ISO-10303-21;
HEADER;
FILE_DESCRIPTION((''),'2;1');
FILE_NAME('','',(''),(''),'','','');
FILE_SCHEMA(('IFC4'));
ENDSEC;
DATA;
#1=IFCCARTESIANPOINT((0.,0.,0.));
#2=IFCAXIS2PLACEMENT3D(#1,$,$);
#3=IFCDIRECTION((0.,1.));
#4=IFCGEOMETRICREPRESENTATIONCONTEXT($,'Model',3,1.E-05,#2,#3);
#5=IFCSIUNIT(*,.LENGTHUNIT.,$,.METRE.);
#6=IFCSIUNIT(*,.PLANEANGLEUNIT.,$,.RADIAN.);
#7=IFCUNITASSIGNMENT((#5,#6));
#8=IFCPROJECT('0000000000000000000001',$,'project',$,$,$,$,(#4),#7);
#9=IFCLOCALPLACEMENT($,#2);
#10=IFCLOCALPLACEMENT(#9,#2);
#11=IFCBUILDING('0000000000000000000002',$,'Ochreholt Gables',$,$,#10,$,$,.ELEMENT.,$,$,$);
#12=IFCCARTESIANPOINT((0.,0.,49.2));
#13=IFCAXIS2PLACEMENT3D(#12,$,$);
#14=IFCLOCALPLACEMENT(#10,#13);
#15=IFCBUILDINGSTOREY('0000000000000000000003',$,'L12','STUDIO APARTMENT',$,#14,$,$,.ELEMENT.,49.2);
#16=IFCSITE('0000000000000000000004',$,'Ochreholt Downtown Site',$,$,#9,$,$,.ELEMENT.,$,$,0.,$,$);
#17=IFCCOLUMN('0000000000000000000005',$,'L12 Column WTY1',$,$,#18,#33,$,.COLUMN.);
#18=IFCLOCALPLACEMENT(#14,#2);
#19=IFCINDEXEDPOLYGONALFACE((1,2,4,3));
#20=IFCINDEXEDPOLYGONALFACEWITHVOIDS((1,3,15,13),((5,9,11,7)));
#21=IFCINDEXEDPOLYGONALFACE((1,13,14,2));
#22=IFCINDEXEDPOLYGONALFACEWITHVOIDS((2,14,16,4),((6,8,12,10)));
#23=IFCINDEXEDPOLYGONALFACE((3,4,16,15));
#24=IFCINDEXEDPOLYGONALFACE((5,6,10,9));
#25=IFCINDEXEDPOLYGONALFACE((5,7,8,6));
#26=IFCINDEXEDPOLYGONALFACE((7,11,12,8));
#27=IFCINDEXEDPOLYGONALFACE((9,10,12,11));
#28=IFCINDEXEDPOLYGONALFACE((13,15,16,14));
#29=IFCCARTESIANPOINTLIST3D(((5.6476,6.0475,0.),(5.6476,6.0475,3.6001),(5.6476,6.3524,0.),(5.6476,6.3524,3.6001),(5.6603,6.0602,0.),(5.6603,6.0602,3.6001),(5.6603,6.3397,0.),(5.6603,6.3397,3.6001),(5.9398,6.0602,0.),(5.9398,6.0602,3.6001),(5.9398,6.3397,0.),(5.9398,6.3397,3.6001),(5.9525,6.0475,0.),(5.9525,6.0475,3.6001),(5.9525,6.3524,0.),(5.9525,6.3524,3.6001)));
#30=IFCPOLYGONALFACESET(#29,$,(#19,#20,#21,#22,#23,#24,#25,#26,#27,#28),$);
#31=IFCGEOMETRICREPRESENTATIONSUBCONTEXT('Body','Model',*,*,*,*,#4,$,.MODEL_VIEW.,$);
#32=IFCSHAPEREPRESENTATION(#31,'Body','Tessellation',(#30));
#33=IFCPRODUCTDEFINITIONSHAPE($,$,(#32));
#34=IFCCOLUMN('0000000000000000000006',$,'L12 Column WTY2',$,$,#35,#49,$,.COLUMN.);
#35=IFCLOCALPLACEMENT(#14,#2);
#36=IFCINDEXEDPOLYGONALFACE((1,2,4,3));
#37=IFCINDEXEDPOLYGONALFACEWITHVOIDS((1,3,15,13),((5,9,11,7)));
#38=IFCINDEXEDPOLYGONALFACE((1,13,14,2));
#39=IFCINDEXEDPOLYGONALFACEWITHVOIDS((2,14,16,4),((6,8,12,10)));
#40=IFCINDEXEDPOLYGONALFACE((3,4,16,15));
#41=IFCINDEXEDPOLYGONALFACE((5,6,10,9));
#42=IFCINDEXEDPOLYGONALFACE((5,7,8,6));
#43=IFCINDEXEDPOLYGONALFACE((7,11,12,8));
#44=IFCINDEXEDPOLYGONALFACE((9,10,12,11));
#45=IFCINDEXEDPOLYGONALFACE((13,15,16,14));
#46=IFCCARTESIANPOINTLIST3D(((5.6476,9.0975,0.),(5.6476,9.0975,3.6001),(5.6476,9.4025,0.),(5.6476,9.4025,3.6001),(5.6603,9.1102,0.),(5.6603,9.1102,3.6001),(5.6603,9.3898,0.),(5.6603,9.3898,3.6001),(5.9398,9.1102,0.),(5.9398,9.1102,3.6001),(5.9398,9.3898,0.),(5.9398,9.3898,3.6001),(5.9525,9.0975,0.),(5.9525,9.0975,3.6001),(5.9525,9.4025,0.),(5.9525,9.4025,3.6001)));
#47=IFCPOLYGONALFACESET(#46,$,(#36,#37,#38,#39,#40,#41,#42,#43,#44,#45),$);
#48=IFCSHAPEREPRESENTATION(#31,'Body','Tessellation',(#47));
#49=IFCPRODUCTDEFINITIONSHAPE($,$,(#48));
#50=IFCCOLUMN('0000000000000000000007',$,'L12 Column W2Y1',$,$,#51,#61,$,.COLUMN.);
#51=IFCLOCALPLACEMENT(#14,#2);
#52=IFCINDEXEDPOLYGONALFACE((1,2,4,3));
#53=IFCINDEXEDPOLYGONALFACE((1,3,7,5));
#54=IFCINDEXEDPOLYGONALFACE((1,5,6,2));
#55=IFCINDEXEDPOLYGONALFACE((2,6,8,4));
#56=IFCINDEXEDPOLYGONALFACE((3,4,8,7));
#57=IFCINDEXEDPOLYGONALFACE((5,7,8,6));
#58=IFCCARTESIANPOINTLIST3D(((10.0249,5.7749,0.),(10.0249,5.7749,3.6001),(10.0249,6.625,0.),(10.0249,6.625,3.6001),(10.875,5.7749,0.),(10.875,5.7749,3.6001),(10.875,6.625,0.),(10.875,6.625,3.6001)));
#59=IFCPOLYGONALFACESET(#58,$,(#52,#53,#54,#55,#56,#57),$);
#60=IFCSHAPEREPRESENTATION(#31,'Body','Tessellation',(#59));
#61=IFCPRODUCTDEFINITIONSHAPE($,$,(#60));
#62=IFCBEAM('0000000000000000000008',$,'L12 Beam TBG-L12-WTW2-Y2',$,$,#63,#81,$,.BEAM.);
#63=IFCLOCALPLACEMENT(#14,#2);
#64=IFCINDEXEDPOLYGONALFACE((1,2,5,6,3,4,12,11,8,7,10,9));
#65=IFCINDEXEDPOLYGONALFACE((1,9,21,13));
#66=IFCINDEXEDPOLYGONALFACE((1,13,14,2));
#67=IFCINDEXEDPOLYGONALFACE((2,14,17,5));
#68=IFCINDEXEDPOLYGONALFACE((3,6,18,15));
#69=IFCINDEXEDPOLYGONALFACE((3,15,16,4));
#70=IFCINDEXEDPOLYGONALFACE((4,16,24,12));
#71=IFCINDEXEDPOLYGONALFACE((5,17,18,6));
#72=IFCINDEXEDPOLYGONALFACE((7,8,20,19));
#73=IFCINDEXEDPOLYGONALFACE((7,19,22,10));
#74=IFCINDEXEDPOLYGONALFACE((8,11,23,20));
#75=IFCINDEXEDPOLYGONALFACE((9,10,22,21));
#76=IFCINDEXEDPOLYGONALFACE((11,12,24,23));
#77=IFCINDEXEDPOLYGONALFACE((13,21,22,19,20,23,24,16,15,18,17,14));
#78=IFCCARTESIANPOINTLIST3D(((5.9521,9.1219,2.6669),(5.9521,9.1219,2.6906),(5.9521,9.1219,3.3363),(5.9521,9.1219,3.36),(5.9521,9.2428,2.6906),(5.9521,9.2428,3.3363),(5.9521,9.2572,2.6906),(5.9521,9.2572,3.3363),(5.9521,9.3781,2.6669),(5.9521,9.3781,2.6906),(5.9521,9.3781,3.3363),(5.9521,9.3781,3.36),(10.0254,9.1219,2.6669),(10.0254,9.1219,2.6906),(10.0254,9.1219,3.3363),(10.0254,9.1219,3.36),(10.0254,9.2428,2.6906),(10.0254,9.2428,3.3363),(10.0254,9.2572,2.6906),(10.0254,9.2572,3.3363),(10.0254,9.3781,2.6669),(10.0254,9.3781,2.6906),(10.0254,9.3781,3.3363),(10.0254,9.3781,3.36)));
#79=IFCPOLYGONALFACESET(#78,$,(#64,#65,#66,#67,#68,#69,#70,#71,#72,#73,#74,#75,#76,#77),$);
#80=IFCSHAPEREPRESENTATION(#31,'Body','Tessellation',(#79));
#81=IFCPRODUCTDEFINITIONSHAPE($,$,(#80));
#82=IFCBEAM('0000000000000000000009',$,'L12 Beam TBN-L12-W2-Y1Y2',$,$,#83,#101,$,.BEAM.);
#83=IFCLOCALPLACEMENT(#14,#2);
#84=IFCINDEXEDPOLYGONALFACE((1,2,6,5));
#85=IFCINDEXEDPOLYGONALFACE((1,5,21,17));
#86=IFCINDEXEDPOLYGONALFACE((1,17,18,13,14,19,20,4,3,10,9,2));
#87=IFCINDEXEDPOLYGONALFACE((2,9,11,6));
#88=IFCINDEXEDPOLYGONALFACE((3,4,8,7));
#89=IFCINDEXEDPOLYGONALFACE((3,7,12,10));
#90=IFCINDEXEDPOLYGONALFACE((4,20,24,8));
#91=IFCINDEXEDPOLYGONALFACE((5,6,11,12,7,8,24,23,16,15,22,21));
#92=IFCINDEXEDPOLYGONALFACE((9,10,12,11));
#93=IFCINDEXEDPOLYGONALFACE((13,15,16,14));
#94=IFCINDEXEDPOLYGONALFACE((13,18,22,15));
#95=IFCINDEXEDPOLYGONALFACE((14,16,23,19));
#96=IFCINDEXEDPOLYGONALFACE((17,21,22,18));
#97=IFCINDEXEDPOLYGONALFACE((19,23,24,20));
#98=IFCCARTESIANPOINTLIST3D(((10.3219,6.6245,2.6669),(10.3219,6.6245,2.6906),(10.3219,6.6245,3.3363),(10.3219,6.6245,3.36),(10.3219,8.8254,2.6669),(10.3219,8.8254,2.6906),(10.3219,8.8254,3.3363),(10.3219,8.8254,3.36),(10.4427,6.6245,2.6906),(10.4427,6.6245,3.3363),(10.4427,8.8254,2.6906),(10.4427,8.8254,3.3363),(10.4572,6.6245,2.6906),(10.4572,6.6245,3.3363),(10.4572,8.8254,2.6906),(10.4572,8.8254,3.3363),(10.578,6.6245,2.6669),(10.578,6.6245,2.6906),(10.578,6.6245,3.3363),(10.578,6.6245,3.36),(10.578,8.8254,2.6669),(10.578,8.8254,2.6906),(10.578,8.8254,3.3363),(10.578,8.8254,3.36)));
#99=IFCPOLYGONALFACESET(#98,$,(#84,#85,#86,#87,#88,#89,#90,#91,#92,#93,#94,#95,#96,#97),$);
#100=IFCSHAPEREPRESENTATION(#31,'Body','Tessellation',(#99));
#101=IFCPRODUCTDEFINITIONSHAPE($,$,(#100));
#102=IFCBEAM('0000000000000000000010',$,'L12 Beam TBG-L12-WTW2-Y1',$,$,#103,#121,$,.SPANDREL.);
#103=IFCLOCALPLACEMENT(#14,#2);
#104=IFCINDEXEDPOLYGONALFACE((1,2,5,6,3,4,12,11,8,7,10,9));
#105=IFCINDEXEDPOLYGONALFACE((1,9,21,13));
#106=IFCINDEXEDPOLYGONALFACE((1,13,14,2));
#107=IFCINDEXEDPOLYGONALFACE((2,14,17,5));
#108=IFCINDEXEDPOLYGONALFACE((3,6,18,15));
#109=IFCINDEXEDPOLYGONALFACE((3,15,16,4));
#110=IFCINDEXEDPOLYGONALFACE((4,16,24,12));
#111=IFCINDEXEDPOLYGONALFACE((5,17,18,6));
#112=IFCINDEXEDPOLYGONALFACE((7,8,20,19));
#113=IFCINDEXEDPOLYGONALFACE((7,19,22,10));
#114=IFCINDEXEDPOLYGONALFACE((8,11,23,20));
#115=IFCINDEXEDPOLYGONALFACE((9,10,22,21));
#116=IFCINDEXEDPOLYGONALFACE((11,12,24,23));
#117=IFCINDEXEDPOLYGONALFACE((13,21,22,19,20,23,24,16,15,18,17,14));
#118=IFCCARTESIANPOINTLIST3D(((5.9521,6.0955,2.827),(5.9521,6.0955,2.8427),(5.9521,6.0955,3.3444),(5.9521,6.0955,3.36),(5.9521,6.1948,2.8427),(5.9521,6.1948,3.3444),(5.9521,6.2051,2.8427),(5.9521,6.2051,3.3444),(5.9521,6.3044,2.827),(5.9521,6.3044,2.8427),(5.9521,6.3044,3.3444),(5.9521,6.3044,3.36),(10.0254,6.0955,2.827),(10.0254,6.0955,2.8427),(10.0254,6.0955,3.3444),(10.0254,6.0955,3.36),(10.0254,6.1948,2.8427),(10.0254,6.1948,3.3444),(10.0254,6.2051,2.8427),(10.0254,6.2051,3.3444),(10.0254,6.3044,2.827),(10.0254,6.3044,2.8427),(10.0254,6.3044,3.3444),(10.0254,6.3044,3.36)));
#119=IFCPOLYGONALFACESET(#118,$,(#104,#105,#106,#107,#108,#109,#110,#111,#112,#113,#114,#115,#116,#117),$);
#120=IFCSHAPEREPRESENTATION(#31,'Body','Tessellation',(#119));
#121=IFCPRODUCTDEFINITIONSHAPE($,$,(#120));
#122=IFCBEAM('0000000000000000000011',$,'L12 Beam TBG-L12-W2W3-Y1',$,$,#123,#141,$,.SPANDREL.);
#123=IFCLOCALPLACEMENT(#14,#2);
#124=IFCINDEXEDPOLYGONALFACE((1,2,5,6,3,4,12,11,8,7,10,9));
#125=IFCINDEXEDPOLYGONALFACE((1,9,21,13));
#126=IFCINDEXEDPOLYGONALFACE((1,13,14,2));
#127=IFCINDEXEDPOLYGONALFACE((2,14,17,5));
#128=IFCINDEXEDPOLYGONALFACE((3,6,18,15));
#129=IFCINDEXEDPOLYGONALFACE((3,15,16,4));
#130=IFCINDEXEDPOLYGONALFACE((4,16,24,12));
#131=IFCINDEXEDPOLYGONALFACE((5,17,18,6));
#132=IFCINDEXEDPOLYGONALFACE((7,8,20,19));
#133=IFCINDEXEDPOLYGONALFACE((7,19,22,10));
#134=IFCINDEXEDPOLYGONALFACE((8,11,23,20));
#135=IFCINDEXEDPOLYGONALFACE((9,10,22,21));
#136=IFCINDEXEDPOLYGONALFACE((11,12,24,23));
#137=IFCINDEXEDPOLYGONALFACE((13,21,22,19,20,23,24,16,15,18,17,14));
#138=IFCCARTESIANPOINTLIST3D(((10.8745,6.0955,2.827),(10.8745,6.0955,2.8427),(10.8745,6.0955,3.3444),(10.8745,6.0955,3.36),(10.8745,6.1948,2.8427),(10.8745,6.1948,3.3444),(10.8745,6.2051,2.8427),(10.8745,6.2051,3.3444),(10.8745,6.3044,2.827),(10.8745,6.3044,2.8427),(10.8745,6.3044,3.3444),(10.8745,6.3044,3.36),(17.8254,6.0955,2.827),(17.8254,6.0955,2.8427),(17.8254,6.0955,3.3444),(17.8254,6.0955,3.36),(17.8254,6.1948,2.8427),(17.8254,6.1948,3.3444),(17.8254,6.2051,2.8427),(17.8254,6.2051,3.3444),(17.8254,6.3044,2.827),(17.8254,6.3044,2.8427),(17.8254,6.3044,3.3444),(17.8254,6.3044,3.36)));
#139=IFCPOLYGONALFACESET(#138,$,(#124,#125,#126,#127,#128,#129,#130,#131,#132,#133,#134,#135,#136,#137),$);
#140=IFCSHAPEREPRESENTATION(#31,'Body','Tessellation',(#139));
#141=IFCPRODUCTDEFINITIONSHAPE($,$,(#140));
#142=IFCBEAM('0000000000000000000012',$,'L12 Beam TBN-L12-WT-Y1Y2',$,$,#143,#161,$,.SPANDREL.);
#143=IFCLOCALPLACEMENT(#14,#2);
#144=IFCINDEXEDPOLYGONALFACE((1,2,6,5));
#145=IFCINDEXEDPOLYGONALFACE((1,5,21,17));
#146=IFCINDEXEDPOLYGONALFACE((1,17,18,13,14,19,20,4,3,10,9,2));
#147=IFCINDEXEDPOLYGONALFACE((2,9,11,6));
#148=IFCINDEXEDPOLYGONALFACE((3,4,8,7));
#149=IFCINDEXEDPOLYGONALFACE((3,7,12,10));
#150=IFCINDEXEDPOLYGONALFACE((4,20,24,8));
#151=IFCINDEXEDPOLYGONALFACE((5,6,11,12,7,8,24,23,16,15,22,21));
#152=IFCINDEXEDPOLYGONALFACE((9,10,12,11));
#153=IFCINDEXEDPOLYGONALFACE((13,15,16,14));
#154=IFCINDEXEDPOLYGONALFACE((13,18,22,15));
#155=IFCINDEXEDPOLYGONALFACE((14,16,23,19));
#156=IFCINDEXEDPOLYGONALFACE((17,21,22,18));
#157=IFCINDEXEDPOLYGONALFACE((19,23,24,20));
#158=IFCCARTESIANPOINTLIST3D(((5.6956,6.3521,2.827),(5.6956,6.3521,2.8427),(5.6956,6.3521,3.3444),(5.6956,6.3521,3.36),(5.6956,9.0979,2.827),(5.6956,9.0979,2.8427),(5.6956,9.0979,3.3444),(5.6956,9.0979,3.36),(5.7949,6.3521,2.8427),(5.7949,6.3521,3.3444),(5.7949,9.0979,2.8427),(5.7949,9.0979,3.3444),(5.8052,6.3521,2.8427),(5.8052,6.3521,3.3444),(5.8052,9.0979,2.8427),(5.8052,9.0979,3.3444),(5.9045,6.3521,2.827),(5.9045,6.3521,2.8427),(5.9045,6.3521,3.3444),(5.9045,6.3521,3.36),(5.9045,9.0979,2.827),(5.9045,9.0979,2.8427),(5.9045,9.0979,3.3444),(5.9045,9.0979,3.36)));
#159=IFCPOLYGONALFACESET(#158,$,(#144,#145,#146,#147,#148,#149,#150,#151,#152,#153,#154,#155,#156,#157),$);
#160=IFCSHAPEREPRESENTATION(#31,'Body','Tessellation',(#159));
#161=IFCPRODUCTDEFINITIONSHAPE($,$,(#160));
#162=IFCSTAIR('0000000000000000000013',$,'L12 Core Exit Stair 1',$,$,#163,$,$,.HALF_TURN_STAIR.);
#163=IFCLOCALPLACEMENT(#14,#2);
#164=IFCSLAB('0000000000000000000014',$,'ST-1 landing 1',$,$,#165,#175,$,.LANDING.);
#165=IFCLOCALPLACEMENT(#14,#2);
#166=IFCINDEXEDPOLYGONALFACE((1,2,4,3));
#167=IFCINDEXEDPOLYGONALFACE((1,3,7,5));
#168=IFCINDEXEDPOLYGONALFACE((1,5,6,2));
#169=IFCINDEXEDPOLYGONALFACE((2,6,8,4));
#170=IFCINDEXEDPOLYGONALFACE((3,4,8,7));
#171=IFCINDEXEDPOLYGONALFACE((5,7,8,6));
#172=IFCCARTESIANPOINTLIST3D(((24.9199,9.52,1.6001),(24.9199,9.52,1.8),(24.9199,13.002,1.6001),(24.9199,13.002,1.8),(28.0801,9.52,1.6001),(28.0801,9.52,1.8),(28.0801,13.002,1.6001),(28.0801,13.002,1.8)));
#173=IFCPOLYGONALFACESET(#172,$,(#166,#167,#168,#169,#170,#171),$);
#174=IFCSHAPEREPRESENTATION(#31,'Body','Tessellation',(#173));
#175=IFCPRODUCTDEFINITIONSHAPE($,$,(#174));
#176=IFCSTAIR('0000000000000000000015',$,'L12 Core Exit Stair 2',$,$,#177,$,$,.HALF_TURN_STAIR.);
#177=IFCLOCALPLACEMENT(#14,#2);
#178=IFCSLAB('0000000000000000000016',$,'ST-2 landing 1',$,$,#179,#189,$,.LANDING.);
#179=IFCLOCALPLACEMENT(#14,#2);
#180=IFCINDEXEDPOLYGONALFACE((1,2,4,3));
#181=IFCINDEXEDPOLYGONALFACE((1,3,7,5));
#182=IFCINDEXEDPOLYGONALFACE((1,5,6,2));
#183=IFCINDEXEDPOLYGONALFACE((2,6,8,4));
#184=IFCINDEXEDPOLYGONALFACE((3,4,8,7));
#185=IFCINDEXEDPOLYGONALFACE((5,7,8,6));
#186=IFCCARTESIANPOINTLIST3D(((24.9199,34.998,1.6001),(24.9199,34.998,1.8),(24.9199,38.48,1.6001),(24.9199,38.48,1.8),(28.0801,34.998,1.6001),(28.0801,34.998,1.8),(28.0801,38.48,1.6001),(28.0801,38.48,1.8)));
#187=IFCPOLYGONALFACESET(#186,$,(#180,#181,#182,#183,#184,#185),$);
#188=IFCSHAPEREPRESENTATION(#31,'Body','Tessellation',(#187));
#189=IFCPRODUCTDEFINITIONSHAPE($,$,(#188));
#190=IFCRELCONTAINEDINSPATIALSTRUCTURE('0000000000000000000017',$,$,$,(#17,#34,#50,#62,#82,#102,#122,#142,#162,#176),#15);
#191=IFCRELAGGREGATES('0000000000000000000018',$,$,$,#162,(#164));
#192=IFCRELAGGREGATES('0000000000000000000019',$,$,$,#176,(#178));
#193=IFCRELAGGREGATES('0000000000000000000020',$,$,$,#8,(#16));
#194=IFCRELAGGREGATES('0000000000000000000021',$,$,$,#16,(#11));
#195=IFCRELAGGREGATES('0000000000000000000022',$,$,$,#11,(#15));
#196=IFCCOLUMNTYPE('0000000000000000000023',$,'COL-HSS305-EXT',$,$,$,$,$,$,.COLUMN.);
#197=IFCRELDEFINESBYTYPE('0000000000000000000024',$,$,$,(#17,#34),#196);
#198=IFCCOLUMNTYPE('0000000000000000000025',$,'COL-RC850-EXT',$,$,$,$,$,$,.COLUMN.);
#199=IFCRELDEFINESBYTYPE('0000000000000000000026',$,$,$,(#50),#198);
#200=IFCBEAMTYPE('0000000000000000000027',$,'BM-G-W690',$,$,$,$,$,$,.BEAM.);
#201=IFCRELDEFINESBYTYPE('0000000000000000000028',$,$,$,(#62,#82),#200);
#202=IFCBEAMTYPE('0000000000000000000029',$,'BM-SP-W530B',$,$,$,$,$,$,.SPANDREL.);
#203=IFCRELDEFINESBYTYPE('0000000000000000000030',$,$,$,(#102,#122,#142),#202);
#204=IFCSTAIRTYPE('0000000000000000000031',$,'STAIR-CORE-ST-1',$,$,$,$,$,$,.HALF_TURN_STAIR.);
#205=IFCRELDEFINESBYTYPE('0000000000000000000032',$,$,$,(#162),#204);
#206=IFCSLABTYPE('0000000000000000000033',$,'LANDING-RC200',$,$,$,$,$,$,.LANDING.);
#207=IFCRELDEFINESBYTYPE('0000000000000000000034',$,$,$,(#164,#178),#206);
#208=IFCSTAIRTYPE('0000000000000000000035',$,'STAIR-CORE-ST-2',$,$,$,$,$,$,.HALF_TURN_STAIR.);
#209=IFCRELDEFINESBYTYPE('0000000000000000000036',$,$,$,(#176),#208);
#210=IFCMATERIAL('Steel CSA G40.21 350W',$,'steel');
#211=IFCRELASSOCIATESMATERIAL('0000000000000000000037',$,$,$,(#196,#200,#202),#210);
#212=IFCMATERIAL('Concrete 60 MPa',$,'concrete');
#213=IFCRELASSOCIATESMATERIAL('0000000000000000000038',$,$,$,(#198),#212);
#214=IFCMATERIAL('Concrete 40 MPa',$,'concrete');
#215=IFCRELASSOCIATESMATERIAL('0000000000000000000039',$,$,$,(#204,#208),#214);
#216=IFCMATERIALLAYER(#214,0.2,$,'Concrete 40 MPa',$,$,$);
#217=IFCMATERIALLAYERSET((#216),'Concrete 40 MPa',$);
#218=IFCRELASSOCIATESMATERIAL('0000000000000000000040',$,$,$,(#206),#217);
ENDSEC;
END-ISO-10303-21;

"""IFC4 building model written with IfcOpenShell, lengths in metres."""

from ifc_helpers import new_model, si_unit, direction, frame, origin, origin_2d, place, context, subcontext, project, spatial, polyline, rectangle, hollow_rectangle, i_section, outline, extrude, material, layer, layer_set, material_profile, profile_set, type_object, element, aggregate, save


model = new_model("IFC4")

# Units and contexts
model_context = context("Model", 3, precision=1e-05, world=origin(), true_north=direction((0.0, 1.0)))
body_context = subcontext(model_context, "Body", "Model", "MODEL_VIEW")
ifc_project = project(units=[si_unit("LENGTHUNIT", "METRE"), si_unit("PLANEANGLEUNIT", "RADIAN")], contexts=[model_context])

# Site, building, storey
site_placement = place(None, origin())
site = spatial("IfcSite", under=ifc_project, at=site_placement, Name="Ochreholt Downtown Site", CompositionType="ELEMENT", RefElevation=0.0)
building_placement = place(site_placement, origin())
building = spatial("IfcBuilding", under=site, at=building_placement, Name="Ochreholt Gables", CompositionType="ELEMENT")
storey_placement = place(building_placement, frame((0.0, 0.0, 49.2)))
storey = spatial("IfcBuildingStorey", under=building, at=storey_placement, Name="L12", Description="STUDIO APARTMENT", CompositionType="ELEMENT", Elevation=49.2)

# Columns
ifc_material_1 = material(Name="Steel CSA G40.21 350W", Category="steel")
ifc_material_profile_1 = material_profile(ifc_material_1, hollow_rectangle(XDim=0.3049, YDim=0.3049, WallThickness=0.0127, at=origin_2d()), Name="HSS305X305X13")
ifc_profile_set_1 = profile_set([ifc_material_profile_1], Name="Steel CSA G40.21 350W")
column_type_1 = type_object("IfcColumnType", Name="COL-HSS305-EXT", PredefinedType="COLUMN", material=ifc_profile_set_1)
for number, where, z_axis, x_axis, name in (
    (1, (5.8, 6.2, 0.0), (0.0, 0.0, 1.0), (1.0, 0.0, 0.0), "L12 Column WTY1"),
    (2, (5.8, 9.25, 0.0), (0.0, 0.0, 1.0), (1.0, 0.0, 0.0), "L12 Column WTY2"),
):
    element("IfcColumn", number, at=place(storey_placement, frame(where, z_axis=z_axis, x_axis=x_axis)), inside=storey, type_object=column_type_1, Name=name, PredefinedType="COLUMN", context=body_context, shape_type="SweptSolid", body=[
        extrude(hollow_rectangle(XDim=0.3049, YDim=0.3049, WallThickness=0.0127, at=origin_2d()), origin(), (0.0, 0.0, 1.0), 3.6001),
    ])
ifc_material_2 = material(Name="Concrete 60 MPa", Category="concrete")
ifc_material_profile_2 = material_profile(ifc_material_2, rectangle(XDim=0.8501, YDim=0.8501, at=origin_2d()), Name="RC850X850")
ifc_profile_set_2 = profile_set([ifc_material_profile_2], Name="Concrete 60 MPa")
column_type_2 = type_object("IfcColumnType", Name="COL-RC850-EXT", PredefinedType="COLUMN", material=ifc_profile_set_2)
column_placement = place(storey_placement, frame((10.45, 6.2, 0.0), z_axis=(0.0, 0.0, 1.0), x_axis=(1.0, 0.0, 0.0)))
element("IfcColumn", 3, at=column_placement, inside=storey, type_object=column_type_2, Name="L12 Column W2Y1", PredefinedType="COLUMN", context=body_context, shape_type="SweptSolid", body=[
    extrude(rectangle(XDim=0.8501, YDim=0.8501, at=origin_2d()), origin(), (0.0, 0.0, 1.0), 3.6001),
])

# Beams
ifc_material_profile_3 = material_profile(ifc_material_1, i_section(OverallWidth=0.2561, OverallDepth=0.6931, WebThickness=0.0144, FlangeThickness=0.0237, at=origin_2d()), Name="W690X170")
ifc_profile_set_3 = profile_set([ifc_material_profile_3], Name="Steel CSA G40.21 350W")
beam_type_1 = type_object("IfcBeamType", Name="BM-G-W690", PredefinedType="BEAM", material=ifc_profile_set_3)
beam_1_placement = place(storey_placement, frame((5.9521, 9.25, 3.0134), z_axis=(1.0, 0.0, 0.0), x_axis=(0.0, 1.0, 0.0)))
element("IfcBeam", 4, at=beam_1_placement, inside=storey, type_object=beam_type_1, Name="L12 Beam TBG-L12-WTW2-Y2", PredefinedType="BEAM", context=body_context, shape_type="SweptSolid", body=[
    extrude(i_section(OverallWidth=0.2561, OverallDepth=0.6931, WebThickness=0.0144, FlangeThickness=0.0237, at=origin_2d()), origin(), (0.0, 0.0, 1.0), 4.0732),
])
beam_2_placement = place(storey_placement, frame((10.45, 6.6245, 3.0134), z_axis=(0.0, 1.0, 0.0), x_axis=(-1.0, 0.0, 0.0)))
element("IfcBeam", 5, at=beam_2_placement, inside=storey, type_object=beam_type_1, Name="L12 Beam TBN-L12-W2-Y1Y2", PredefinedType="BEAM", context=body_context, shape_type="SweptSolid", body=[
    extrude(i_section(OverallWidth=0.2561, OverallDepth=0.6931, WebThickness=0.0144, FlangeThickness=0.0237, at=origin_2d()), origin(), (0.0, 0.0, 1.0), 2.2009),
])
ifc_material_profile_4 = material_profile(ifc_material_1, i_section(OverallWidth=0.209, OverallDepth=0.533, WebThickness=0.0103, FlangeThickness=0.0156, at=origin_2d()), Name="W530X92")
ifc_profile_set_4 = profile_set([ifc_material_profile_4], Name="Steel CSA G40.21 350W")
beam_type_2 = type_object("IfcBeamType", Name="BM-SP-W530B", PredefinedType="SPANDREL", material=ifc_profile_set_4)
beam_3_placement = place(storey_placement, frame((5.9521, 6.2, 3.0935), z_axis=(1.0, 0.0, 0.0), x_axis=(0.0, 1.0, 0.0)))
element("IfcBeam", 6, at=beam_3_placement, inside=storey, type_object=beam_type_2, Name="L12 Beam TBG-L12-WTW2-Y1", PredefinedType="SPANDREL", context=body_context, shape_type="SweptSolid", body=[
    extrude(i_section(OverallWidth=0.209, OverallDepth=0.533, WebThickness=0.0103, FlangeThickness=0.0156, at=origin_2d()), origin(), (0.0, 0.0, 1.0), 4.0732),
])
beam_4_placement = place(storey_placement, frame((10.8745, 6.2, 3.0935), z_axis=(1.0, 0.0, 0.0), x_axis=(0.0, 1.0, 0.0)))
element("IfcBeam", 7, at=beam_4_placement, inside=storey, type_object=beam_type_2, Name="L12 Beam TBG-L12-W2W3-Y1", PredefinedType="SPANDREL", context=body_context, shape_type="SweptSolid", body=[
    extrude(i_section(OverallWidth=0.209, OverallDepth=0.533, WebThickness=0.0103, FlangeThickness=0.0156, at=origin_2d()), origin(), (0.0, 0.0, 1.0), 6.9509),
])
beam_5_placement = place(storey_placement, frame((5.8, 6.3521, 3.0935), z_axis=(0.0, 1.0, 0.0), x_axis=(-1.0, 0.0, 0.0)))
element("IfcBeam", 8, at=beam_5_placement, inside=storey, type_object=beam_type_2, Name="L12 Beam TBN-L12-WT-Y1Y2", PredefinedType="SPANDREL", context=body_context, shape_type="SweptSolid", body=[
    extrude(i_section(OverallWidth=0.209, OverallDepth=0.533, WebThickness=0.0103, FlangeThickness=0.0156, at=origin_2d()), origin(), (0.0, 0.0, 1.0), 2.7458),
])

# Stairs, slabs
ifc_material_3 = material(Name="Concrete 40 MPa", Category="concrete")
stair_type_1 = type_object("IfcStairType", Name="STAIR-CORE-ST-1", PredefinedType="HALF_TURN_STAIR", material=ifc_material_3)
stair_1_placement = place(storey_placement, origin())
stair_1 = element("IfcStair", 9, at=stair_1_placement, inside=storey, type_object=stair_type_1, Name="L12 Core Exit Stair 1", PredefinedType="HALF_TURN_STAIR")
ifc_layer_1 = layer(ifc_material_3, 0.2, Name="Concrete 40 MPa")
ifc_layer_set_1 = layer_set([ifc_layer_1], Name="Concrete 40 MPa")
slab_type_1 = type_object("IfcSlabType", Name="LANDING-RC200", PredefinedType="LANDING", material=ifc_layer_set_1)
slab_1_placement = place(storey_placement, frame((0.0, 0.0, 1.6001)))
slab_1 = element("IfcSlab", 10, at=slab_1_placement, type_object=slab_type_1, Name="ST-1 landing 1", PredefinedType="LANDING", context=body_context, shape_type="SweptSolid", body=[
    extrude(outline(polyline([(24.9199, 13.002), (24.9199, 9.52), (28.0801, 9.52), (28.0801, 13.002), (24.9199, 13.002)])), origin(), (0.0, 0.0, 1.0), 0.2),
])
aggregate(stair_1, [slab_1])
stair_type_2 = type_object("IfcStairType", Name="STAIR-CORE-ST-2", PredefinedType="HALF_TURN_STAIR", material=ifc_material_3)
stair_2_placement = place(storey_placement, origin())
stair_2 = element("IfcStair", 11, at=stair_2_placement, inside=storey, type_object=stair_type_2, Name="L12 Core Exit Stair 2", PredefinedType="HALF_TURN_STAIR")
slab_2_placement = place(storey_placement, frame((0.0, 0.0, 1.6001)))
slab_2 = element("IfcSlab", 12, at=slab_2_placement, type_object=slab_type_1, Name="ST-2 landing 1", PredefinedType="LANDING", context=body_context, shape_type="SweptSolid", body=[
    extrude(outline(polyline([(28.0801, 34.998), (28.0801, 38.48), (24.9199, 38.48), (24.9199, 34.998), (28.0801, 34.998)])), origin(), (0.0, 0.0, 1.0), 0.2),
])
aggregate(stair_2, [slab_2])

save(model, "model.ifc")
